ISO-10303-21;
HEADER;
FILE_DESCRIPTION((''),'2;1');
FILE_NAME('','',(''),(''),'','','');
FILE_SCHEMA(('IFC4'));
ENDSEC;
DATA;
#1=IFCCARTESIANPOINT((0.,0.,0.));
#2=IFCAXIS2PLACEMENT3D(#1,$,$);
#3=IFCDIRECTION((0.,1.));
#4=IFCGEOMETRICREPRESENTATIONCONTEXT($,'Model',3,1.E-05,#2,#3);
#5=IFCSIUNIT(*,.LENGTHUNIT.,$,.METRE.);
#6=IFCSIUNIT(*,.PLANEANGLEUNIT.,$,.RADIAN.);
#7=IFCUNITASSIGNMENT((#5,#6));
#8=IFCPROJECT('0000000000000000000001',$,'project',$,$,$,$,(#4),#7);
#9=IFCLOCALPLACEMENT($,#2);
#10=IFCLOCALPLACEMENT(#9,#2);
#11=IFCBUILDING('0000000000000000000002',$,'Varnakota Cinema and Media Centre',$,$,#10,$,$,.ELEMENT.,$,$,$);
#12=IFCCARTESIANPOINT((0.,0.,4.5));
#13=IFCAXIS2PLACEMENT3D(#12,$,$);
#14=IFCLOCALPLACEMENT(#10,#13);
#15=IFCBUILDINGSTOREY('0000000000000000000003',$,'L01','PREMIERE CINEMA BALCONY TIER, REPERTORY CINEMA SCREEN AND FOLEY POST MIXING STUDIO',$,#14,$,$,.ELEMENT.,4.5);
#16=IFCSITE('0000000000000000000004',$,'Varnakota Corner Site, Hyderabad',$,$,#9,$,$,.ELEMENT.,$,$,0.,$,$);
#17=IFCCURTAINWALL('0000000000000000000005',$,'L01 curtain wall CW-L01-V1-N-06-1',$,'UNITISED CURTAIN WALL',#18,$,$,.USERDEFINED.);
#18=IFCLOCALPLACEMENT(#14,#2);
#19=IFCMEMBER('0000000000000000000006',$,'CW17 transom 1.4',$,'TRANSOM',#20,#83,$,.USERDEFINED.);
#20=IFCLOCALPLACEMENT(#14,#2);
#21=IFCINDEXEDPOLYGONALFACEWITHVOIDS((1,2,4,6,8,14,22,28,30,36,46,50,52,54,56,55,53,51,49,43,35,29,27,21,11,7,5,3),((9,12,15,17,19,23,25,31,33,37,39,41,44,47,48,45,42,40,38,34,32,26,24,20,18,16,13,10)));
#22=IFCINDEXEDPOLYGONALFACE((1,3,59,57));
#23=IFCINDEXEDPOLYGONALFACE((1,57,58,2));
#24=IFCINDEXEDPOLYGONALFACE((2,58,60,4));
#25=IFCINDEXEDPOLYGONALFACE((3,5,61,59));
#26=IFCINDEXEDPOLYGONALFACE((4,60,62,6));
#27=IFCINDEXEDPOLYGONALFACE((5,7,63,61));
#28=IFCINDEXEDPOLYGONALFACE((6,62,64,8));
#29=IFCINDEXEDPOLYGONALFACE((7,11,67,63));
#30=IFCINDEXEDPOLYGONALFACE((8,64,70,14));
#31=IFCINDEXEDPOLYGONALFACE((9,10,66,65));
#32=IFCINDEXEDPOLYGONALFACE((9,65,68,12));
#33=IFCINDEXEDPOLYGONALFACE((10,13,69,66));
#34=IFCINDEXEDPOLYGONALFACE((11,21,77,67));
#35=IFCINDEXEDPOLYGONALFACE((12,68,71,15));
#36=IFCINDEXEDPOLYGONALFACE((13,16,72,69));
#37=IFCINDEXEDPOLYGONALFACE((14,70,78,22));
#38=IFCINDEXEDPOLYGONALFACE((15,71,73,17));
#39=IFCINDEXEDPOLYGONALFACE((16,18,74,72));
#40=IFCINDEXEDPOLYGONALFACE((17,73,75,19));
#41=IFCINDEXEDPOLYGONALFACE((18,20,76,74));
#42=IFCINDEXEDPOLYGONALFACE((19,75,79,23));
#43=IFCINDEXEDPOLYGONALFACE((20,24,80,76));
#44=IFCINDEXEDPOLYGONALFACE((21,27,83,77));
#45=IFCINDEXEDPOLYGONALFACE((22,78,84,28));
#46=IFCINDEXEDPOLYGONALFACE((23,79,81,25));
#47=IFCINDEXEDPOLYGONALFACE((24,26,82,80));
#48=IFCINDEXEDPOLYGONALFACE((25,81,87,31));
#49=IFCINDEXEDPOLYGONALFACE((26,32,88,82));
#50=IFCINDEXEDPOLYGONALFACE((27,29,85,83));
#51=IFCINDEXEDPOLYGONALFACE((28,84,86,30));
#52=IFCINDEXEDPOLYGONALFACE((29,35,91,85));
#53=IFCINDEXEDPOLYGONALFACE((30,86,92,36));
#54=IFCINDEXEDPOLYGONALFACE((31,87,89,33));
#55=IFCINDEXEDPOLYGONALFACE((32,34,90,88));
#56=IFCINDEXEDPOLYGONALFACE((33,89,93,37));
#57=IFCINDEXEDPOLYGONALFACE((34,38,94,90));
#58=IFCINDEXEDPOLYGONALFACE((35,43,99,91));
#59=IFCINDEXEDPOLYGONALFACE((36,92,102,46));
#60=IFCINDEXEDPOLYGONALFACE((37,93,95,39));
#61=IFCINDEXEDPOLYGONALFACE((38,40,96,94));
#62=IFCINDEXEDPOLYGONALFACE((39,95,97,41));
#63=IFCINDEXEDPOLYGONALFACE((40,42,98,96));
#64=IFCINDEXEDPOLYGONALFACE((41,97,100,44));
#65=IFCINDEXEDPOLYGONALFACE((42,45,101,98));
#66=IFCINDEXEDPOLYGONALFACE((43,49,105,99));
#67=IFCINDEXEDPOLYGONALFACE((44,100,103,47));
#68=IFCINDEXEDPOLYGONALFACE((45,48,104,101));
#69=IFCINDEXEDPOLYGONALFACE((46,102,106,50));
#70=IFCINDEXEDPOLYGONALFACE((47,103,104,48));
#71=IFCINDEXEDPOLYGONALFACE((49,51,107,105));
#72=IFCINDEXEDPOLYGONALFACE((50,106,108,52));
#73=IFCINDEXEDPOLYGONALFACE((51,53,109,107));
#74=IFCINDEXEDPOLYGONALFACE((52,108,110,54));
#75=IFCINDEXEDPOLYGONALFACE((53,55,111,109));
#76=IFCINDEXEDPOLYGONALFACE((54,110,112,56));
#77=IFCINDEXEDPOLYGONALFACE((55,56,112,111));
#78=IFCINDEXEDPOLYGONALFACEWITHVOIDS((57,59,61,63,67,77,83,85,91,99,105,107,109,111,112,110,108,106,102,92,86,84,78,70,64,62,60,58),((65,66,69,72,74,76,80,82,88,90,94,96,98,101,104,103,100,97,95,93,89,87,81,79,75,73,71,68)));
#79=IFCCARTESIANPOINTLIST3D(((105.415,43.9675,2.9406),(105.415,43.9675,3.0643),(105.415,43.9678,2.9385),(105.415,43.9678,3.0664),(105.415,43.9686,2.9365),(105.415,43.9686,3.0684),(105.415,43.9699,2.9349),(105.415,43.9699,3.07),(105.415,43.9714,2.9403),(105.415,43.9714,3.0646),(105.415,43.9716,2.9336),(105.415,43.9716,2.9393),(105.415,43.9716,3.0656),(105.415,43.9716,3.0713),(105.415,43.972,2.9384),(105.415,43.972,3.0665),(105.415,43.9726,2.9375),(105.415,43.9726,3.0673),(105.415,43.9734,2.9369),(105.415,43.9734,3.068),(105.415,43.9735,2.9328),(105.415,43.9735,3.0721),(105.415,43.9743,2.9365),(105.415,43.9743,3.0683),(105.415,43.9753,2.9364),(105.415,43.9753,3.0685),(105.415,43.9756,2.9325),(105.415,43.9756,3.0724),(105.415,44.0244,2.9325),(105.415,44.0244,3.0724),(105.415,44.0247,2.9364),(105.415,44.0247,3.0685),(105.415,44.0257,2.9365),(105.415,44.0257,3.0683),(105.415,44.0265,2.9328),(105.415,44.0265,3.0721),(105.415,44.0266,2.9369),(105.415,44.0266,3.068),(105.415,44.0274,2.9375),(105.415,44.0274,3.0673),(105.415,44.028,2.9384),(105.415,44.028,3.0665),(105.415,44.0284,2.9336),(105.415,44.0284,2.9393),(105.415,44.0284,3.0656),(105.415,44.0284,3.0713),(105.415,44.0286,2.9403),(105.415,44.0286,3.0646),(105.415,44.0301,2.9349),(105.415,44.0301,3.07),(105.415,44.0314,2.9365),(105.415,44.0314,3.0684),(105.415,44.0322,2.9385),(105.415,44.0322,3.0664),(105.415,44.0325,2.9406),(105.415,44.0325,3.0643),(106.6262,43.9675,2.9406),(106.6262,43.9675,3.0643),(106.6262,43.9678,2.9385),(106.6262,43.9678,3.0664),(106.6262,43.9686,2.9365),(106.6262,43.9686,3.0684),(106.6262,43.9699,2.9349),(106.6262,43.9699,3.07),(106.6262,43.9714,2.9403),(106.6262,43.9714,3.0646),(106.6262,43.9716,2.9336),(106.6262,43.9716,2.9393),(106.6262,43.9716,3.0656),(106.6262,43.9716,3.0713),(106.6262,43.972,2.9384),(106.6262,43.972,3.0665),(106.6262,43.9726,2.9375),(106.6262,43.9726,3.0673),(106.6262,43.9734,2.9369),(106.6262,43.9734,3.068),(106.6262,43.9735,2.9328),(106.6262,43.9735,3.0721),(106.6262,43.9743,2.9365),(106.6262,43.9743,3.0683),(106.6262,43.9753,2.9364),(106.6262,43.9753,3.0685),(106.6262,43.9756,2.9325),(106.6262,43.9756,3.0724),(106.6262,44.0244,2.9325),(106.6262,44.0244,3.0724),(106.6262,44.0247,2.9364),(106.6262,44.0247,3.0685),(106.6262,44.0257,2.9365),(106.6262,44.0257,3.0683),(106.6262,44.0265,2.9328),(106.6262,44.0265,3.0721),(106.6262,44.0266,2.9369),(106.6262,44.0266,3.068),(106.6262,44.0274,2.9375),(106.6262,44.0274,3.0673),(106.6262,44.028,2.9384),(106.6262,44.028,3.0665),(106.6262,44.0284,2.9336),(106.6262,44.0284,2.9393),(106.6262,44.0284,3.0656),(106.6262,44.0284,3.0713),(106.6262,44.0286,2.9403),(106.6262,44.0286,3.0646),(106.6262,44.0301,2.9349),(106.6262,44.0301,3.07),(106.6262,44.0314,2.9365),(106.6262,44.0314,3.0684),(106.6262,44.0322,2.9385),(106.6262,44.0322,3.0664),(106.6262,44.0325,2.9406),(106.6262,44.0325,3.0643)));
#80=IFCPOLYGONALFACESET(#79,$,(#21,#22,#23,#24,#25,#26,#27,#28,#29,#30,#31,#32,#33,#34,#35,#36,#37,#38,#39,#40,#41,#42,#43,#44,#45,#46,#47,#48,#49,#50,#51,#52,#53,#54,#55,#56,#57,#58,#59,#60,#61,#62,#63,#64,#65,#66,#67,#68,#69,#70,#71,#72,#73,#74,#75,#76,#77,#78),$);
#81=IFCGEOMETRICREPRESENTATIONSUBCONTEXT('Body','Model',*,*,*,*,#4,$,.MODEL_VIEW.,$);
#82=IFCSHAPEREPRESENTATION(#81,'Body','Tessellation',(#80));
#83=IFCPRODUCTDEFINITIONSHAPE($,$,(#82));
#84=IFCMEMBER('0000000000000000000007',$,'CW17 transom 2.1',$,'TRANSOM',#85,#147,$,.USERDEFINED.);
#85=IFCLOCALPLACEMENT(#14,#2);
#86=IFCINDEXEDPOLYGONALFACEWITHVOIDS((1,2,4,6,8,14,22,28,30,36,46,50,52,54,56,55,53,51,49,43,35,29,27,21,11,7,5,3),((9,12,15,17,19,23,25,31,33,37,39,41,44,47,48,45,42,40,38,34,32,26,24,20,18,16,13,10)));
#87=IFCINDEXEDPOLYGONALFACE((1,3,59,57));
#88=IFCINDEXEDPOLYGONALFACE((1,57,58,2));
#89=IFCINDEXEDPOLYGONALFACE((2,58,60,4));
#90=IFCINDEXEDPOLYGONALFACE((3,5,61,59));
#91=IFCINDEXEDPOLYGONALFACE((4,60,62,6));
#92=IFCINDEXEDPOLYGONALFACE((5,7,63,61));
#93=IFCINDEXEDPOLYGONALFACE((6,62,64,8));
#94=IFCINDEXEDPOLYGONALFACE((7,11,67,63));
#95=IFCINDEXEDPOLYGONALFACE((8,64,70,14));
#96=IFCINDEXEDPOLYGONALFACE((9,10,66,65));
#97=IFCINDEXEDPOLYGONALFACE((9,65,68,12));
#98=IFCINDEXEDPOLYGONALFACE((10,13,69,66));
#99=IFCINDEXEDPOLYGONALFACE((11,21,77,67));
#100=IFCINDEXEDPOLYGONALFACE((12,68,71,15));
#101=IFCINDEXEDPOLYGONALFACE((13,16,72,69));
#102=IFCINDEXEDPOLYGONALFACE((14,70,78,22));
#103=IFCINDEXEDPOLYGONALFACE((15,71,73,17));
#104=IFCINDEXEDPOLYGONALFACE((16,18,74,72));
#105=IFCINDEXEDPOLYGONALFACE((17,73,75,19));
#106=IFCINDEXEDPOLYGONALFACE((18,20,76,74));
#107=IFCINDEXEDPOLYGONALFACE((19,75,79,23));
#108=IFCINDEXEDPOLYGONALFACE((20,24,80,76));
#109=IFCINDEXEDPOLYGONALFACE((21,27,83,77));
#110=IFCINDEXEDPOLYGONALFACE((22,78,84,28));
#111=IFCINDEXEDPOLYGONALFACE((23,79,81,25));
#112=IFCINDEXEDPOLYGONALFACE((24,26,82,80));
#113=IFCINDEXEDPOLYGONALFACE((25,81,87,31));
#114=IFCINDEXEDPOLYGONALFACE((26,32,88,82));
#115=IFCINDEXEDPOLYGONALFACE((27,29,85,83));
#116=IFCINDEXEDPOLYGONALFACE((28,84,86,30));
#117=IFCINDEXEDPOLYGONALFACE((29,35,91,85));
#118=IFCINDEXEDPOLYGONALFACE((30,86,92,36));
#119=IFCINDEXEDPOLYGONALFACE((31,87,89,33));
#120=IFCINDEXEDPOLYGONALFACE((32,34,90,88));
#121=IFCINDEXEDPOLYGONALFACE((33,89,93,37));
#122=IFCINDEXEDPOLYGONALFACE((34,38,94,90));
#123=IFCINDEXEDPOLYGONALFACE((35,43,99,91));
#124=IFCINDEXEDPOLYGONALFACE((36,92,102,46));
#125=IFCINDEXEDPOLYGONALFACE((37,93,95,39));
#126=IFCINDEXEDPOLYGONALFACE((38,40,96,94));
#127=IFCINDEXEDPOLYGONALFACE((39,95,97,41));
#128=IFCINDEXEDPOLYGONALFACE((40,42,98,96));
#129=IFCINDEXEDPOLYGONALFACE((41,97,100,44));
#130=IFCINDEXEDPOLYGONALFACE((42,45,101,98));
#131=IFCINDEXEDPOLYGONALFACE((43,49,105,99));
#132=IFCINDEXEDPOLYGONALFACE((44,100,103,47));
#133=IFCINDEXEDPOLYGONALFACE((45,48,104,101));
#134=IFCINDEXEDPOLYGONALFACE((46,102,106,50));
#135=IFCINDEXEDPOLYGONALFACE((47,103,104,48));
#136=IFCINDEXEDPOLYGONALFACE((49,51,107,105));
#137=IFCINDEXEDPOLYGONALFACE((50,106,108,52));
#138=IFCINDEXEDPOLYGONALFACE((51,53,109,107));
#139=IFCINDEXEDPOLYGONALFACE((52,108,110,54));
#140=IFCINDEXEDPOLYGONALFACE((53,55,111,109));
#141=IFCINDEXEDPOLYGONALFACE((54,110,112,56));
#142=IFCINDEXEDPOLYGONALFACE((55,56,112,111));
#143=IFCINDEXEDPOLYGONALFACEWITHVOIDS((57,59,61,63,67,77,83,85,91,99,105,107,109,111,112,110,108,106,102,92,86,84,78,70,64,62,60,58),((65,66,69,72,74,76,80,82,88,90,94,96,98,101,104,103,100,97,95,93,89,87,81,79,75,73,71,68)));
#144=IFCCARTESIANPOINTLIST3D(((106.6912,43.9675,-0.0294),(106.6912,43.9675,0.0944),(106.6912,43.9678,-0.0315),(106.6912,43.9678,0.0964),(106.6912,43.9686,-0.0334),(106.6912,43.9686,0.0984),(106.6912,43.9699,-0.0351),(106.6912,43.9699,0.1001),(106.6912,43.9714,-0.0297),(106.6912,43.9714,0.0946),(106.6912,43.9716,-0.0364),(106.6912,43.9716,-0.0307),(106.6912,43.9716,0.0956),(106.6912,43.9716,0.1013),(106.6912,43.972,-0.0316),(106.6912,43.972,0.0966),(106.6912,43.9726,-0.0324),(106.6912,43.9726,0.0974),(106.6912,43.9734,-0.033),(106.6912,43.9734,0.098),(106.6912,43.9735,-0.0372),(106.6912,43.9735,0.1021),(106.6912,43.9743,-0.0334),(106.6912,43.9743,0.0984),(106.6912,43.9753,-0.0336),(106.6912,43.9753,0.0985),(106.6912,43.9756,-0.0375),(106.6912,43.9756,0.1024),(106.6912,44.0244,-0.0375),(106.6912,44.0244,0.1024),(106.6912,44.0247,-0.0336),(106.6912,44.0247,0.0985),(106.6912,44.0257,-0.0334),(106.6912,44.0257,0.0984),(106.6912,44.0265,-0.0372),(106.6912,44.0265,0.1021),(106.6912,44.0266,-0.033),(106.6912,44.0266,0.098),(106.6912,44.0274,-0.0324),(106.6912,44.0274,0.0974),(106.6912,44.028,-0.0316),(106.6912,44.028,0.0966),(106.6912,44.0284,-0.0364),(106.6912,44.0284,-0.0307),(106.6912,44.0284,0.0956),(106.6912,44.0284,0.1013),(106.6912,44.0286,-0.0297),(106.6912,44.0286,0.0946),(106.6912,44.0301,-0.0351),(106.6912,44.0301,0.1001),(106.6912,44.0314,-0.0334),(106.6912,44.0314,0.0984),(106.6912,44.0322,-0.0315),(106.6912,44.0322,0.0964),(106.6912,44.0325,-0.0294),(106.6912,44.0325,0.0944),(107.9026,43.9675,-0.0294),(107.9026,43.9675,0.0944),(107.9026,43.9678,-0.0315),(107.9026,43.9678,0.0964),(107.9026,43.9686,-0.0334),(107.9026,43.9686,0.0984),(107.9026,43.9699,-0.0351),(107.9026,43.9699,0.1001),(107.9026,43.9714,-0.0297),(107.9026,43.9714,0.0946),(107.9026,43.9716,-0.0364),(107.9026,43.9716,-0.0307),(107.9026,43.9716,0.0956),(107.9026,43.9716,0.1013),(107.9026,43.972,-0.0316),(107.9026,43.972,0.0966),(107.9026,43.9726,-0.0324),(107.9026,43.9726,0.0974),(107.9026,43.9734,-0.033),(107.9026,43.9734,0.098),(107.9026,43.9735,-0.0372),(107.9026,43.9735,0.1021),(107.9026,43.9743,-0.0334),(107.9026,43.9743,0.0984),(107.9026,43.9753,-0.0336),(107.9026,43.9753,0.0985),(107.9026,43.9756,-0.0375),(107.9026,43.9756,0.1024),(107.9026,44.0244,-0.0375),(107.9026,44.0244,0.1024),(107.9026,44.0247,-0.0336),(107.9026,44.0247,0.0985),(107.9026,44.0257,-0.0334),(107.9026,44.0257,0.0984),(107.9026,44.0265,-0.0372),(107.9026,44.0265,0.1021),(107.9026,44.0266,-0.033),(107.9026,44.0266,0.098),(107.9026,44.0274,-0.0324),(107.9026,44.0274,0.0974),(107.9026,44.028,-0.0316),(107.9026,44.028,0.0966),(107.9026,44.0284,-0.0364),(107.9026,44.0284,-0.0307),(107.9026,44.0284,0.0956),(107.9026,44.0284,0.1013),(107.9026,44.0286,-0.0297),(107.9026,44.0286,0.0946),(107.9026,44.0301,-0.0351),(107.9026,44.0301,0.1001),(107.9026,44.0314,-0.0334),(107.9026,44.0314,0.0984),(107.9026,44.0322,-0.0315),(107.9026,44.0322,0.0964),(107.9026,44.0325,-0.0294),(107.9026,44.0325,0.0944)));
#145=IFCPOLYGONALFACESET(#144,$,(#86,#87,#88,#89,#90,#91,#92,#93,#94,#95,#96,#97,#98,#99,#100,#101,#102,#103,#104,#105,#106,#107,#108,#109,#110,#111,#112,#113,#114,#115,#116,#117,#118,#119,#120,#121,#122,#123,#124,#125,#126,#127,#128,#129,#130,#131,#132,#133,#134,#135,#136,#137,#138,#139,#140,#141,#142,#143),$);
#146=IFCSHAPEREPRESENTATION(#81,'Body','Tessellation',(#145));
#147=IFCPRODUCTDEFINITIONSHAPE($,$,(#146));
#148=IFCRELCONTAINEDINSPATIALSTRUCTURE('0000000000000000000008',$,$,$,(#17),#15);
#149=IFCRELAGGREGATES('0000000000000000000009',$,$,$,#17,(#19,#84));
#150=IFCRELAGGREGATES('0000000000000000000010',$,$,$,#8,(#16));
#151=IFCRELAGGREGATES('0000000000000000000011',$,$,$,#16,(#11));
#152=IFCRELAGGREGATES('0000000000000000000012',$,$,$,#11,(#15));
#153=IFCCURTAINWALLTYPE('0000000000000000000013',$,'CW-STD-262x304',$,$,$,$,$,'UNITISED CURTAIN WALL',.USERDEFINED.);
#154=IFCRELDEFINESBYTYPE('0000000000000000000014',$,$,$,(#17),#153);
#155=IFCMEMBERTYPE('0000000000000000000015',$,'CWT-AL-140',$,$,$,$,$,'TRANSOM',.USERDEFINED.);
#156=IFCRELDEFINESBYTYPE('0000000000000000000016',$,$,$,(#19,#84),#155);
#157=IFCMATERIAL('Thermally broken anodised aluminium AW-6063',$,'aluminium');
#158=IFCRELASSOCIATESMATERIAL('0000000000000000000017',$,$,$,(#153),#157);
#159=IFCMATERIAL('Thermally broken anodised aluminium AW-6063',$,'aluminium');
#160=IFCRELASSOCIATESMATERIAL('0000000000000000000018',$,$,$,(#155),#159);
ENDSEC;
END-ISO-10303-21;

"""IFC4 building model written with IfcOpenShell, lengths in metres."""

from ifc_helpers import new_model, si_unit, direction, frame, origin, origin_2d, place, context, subcontext, project, spatial, hollow_rectangle, extrude, material, material_profile, profile_set, type_object, element, aggregate, save


model = new_model("IFC4")

# Units and contexts
model_context = context("Model", 3, precision=1e-05, world=origin(), true_north=direction((0.0, 1.0)))
body_context = subcontext(model_context, "Body", "Model", "MODEL_VIEW")
ifc_project = project(units=[si_unit("LENGTHUNIT", "METRE"), si_unit("PLANEANGLEUNIT", "RADIAN")], contexts=[model_context])

# Site, building, storey
site_placement = place(None, origin())
site = spatial("IfcSite", under=ifc_project, at=site_placement, Name="Varnakota Corner Site, Hyderabad", CompositionType="ELEMENT", RefElevation=0.0)
building_placement = place(site_placement, origin())
building = spatial("IfcBuilding", under=site, at=building_placement, Name="Varnakota Cinema and Media Centre", CompositionType="ELEMENT")
storey_placement = place(building_placement, frame((0.0, 0.0, 4.5)))
storey = spatial("IfcBuildingStorey", under=building, at=storey_placement, Name="L01", Description="PREMIERE CINEMA BALCONY TIER, REPERTORY CINEMA SCREEN AND FOLEY POST MIXING STUDIO", CompositionType="ELEMENT", Elevation=4.5)

# Shared definitions
ifc_material_1 = material(Name="Thermally broken anodised aluminium AW-6063", Category="aluminium")
curtain_wall_type = type_object("IfcCurtainWallType", Name="CW-STD-262x304", ElementType="UNITISED CURTAIN WALL", PredefinedType="USERDEFINED", material=ifc_material_1)

# Curtain wall
curtain_wall_1_placement = place(storey_placement, origin())
curtain_wall_1 = element("IfcCurtainWall", 1, at=curtain_wall_1_placement, inside=storey, type_object=curtain_wall_type, Name="L01 curtain wall CW-L01-V1-N-06-1", ObjectType="UNITISED CURTAIN WALL", PredefinedType="USERDEFINED")

# Members
ifc_material_2 = material(Name="Thermally broken anodised aluminium AW-6063", Category="aluminium")
ifc_material_profile_1 = material_profile(ifc_material_2, hollow_rectangle(XDim=0.0649, YDim=0.1399, WallThickness=0.0039, InnerFilletRadius=0.0039, OuterFilletRadius=0.0081, at=origin_2d()), Name="AL-TRANSOM 140x65x4")
ifc_profile_set_1 = profile_set([ifc_material_profile_1], Name="Thermally broken anodised aluminium AW-6063")
member_type_1 = type_object("IfcMemberType", Name="CWT-AL-140", ElementType="TRANSOM", PredefinedType="USERDEFINED", material=ifc_profile_set_1)
member_1_placement = place(storey_placement, frame((105.415, 44.0, 3.0024), z_axis=(1.0, 0.0, 0.0), x_axis=(0.0, 1.0, 0.0)))
member_1 = element("IfcMember", 2, at=member_1_placement, type_object=member_type_1, Name="CW17 transom 1.4", ObjectType="TRANSOM", PredefinedType="USERDEFINED", context=body_context, shape_type="SweptSolid", body=[
    extrude(hollow_rectangle(XDim=0.0649, YDim=0.1399, WallThickness=0.0039, InnerFilletRadius=0.0039, OuterFilletRadius=0.0081, at=origin_2d()), origin(), (0.0, 0.0, 1.0), 1.2112),
])
member_2_placement = place(storey_placement, frame((106.6912, 44.0, 0.0325), z_axis=(1.0, 0.0, 0.0), x_axis=(0.0, 1.0, 0.0)))
member_2 = element("IfcMember", 3, at=member_2_placement, type_object=member_type_1, Name="CW17 transom 2.1", ObjectType="TRANSOM", PredefinedType="USERDEFINED", context=body_context, shape_type="SweptSolid", body=[
    extrude(hollow_rectangle(XDim=0.0649, YDim=0.1399, WallThickness=0.0039, InnerFilletRadius=0.0039, OuterFilletRadius=0.0081, at=origin_2d()), origin(), (0.0, 0.0, 1.0), 1.2114),
])

aggregate(curtain_wall_1, [member_1, member_2])

save(model, "model.ifc")
